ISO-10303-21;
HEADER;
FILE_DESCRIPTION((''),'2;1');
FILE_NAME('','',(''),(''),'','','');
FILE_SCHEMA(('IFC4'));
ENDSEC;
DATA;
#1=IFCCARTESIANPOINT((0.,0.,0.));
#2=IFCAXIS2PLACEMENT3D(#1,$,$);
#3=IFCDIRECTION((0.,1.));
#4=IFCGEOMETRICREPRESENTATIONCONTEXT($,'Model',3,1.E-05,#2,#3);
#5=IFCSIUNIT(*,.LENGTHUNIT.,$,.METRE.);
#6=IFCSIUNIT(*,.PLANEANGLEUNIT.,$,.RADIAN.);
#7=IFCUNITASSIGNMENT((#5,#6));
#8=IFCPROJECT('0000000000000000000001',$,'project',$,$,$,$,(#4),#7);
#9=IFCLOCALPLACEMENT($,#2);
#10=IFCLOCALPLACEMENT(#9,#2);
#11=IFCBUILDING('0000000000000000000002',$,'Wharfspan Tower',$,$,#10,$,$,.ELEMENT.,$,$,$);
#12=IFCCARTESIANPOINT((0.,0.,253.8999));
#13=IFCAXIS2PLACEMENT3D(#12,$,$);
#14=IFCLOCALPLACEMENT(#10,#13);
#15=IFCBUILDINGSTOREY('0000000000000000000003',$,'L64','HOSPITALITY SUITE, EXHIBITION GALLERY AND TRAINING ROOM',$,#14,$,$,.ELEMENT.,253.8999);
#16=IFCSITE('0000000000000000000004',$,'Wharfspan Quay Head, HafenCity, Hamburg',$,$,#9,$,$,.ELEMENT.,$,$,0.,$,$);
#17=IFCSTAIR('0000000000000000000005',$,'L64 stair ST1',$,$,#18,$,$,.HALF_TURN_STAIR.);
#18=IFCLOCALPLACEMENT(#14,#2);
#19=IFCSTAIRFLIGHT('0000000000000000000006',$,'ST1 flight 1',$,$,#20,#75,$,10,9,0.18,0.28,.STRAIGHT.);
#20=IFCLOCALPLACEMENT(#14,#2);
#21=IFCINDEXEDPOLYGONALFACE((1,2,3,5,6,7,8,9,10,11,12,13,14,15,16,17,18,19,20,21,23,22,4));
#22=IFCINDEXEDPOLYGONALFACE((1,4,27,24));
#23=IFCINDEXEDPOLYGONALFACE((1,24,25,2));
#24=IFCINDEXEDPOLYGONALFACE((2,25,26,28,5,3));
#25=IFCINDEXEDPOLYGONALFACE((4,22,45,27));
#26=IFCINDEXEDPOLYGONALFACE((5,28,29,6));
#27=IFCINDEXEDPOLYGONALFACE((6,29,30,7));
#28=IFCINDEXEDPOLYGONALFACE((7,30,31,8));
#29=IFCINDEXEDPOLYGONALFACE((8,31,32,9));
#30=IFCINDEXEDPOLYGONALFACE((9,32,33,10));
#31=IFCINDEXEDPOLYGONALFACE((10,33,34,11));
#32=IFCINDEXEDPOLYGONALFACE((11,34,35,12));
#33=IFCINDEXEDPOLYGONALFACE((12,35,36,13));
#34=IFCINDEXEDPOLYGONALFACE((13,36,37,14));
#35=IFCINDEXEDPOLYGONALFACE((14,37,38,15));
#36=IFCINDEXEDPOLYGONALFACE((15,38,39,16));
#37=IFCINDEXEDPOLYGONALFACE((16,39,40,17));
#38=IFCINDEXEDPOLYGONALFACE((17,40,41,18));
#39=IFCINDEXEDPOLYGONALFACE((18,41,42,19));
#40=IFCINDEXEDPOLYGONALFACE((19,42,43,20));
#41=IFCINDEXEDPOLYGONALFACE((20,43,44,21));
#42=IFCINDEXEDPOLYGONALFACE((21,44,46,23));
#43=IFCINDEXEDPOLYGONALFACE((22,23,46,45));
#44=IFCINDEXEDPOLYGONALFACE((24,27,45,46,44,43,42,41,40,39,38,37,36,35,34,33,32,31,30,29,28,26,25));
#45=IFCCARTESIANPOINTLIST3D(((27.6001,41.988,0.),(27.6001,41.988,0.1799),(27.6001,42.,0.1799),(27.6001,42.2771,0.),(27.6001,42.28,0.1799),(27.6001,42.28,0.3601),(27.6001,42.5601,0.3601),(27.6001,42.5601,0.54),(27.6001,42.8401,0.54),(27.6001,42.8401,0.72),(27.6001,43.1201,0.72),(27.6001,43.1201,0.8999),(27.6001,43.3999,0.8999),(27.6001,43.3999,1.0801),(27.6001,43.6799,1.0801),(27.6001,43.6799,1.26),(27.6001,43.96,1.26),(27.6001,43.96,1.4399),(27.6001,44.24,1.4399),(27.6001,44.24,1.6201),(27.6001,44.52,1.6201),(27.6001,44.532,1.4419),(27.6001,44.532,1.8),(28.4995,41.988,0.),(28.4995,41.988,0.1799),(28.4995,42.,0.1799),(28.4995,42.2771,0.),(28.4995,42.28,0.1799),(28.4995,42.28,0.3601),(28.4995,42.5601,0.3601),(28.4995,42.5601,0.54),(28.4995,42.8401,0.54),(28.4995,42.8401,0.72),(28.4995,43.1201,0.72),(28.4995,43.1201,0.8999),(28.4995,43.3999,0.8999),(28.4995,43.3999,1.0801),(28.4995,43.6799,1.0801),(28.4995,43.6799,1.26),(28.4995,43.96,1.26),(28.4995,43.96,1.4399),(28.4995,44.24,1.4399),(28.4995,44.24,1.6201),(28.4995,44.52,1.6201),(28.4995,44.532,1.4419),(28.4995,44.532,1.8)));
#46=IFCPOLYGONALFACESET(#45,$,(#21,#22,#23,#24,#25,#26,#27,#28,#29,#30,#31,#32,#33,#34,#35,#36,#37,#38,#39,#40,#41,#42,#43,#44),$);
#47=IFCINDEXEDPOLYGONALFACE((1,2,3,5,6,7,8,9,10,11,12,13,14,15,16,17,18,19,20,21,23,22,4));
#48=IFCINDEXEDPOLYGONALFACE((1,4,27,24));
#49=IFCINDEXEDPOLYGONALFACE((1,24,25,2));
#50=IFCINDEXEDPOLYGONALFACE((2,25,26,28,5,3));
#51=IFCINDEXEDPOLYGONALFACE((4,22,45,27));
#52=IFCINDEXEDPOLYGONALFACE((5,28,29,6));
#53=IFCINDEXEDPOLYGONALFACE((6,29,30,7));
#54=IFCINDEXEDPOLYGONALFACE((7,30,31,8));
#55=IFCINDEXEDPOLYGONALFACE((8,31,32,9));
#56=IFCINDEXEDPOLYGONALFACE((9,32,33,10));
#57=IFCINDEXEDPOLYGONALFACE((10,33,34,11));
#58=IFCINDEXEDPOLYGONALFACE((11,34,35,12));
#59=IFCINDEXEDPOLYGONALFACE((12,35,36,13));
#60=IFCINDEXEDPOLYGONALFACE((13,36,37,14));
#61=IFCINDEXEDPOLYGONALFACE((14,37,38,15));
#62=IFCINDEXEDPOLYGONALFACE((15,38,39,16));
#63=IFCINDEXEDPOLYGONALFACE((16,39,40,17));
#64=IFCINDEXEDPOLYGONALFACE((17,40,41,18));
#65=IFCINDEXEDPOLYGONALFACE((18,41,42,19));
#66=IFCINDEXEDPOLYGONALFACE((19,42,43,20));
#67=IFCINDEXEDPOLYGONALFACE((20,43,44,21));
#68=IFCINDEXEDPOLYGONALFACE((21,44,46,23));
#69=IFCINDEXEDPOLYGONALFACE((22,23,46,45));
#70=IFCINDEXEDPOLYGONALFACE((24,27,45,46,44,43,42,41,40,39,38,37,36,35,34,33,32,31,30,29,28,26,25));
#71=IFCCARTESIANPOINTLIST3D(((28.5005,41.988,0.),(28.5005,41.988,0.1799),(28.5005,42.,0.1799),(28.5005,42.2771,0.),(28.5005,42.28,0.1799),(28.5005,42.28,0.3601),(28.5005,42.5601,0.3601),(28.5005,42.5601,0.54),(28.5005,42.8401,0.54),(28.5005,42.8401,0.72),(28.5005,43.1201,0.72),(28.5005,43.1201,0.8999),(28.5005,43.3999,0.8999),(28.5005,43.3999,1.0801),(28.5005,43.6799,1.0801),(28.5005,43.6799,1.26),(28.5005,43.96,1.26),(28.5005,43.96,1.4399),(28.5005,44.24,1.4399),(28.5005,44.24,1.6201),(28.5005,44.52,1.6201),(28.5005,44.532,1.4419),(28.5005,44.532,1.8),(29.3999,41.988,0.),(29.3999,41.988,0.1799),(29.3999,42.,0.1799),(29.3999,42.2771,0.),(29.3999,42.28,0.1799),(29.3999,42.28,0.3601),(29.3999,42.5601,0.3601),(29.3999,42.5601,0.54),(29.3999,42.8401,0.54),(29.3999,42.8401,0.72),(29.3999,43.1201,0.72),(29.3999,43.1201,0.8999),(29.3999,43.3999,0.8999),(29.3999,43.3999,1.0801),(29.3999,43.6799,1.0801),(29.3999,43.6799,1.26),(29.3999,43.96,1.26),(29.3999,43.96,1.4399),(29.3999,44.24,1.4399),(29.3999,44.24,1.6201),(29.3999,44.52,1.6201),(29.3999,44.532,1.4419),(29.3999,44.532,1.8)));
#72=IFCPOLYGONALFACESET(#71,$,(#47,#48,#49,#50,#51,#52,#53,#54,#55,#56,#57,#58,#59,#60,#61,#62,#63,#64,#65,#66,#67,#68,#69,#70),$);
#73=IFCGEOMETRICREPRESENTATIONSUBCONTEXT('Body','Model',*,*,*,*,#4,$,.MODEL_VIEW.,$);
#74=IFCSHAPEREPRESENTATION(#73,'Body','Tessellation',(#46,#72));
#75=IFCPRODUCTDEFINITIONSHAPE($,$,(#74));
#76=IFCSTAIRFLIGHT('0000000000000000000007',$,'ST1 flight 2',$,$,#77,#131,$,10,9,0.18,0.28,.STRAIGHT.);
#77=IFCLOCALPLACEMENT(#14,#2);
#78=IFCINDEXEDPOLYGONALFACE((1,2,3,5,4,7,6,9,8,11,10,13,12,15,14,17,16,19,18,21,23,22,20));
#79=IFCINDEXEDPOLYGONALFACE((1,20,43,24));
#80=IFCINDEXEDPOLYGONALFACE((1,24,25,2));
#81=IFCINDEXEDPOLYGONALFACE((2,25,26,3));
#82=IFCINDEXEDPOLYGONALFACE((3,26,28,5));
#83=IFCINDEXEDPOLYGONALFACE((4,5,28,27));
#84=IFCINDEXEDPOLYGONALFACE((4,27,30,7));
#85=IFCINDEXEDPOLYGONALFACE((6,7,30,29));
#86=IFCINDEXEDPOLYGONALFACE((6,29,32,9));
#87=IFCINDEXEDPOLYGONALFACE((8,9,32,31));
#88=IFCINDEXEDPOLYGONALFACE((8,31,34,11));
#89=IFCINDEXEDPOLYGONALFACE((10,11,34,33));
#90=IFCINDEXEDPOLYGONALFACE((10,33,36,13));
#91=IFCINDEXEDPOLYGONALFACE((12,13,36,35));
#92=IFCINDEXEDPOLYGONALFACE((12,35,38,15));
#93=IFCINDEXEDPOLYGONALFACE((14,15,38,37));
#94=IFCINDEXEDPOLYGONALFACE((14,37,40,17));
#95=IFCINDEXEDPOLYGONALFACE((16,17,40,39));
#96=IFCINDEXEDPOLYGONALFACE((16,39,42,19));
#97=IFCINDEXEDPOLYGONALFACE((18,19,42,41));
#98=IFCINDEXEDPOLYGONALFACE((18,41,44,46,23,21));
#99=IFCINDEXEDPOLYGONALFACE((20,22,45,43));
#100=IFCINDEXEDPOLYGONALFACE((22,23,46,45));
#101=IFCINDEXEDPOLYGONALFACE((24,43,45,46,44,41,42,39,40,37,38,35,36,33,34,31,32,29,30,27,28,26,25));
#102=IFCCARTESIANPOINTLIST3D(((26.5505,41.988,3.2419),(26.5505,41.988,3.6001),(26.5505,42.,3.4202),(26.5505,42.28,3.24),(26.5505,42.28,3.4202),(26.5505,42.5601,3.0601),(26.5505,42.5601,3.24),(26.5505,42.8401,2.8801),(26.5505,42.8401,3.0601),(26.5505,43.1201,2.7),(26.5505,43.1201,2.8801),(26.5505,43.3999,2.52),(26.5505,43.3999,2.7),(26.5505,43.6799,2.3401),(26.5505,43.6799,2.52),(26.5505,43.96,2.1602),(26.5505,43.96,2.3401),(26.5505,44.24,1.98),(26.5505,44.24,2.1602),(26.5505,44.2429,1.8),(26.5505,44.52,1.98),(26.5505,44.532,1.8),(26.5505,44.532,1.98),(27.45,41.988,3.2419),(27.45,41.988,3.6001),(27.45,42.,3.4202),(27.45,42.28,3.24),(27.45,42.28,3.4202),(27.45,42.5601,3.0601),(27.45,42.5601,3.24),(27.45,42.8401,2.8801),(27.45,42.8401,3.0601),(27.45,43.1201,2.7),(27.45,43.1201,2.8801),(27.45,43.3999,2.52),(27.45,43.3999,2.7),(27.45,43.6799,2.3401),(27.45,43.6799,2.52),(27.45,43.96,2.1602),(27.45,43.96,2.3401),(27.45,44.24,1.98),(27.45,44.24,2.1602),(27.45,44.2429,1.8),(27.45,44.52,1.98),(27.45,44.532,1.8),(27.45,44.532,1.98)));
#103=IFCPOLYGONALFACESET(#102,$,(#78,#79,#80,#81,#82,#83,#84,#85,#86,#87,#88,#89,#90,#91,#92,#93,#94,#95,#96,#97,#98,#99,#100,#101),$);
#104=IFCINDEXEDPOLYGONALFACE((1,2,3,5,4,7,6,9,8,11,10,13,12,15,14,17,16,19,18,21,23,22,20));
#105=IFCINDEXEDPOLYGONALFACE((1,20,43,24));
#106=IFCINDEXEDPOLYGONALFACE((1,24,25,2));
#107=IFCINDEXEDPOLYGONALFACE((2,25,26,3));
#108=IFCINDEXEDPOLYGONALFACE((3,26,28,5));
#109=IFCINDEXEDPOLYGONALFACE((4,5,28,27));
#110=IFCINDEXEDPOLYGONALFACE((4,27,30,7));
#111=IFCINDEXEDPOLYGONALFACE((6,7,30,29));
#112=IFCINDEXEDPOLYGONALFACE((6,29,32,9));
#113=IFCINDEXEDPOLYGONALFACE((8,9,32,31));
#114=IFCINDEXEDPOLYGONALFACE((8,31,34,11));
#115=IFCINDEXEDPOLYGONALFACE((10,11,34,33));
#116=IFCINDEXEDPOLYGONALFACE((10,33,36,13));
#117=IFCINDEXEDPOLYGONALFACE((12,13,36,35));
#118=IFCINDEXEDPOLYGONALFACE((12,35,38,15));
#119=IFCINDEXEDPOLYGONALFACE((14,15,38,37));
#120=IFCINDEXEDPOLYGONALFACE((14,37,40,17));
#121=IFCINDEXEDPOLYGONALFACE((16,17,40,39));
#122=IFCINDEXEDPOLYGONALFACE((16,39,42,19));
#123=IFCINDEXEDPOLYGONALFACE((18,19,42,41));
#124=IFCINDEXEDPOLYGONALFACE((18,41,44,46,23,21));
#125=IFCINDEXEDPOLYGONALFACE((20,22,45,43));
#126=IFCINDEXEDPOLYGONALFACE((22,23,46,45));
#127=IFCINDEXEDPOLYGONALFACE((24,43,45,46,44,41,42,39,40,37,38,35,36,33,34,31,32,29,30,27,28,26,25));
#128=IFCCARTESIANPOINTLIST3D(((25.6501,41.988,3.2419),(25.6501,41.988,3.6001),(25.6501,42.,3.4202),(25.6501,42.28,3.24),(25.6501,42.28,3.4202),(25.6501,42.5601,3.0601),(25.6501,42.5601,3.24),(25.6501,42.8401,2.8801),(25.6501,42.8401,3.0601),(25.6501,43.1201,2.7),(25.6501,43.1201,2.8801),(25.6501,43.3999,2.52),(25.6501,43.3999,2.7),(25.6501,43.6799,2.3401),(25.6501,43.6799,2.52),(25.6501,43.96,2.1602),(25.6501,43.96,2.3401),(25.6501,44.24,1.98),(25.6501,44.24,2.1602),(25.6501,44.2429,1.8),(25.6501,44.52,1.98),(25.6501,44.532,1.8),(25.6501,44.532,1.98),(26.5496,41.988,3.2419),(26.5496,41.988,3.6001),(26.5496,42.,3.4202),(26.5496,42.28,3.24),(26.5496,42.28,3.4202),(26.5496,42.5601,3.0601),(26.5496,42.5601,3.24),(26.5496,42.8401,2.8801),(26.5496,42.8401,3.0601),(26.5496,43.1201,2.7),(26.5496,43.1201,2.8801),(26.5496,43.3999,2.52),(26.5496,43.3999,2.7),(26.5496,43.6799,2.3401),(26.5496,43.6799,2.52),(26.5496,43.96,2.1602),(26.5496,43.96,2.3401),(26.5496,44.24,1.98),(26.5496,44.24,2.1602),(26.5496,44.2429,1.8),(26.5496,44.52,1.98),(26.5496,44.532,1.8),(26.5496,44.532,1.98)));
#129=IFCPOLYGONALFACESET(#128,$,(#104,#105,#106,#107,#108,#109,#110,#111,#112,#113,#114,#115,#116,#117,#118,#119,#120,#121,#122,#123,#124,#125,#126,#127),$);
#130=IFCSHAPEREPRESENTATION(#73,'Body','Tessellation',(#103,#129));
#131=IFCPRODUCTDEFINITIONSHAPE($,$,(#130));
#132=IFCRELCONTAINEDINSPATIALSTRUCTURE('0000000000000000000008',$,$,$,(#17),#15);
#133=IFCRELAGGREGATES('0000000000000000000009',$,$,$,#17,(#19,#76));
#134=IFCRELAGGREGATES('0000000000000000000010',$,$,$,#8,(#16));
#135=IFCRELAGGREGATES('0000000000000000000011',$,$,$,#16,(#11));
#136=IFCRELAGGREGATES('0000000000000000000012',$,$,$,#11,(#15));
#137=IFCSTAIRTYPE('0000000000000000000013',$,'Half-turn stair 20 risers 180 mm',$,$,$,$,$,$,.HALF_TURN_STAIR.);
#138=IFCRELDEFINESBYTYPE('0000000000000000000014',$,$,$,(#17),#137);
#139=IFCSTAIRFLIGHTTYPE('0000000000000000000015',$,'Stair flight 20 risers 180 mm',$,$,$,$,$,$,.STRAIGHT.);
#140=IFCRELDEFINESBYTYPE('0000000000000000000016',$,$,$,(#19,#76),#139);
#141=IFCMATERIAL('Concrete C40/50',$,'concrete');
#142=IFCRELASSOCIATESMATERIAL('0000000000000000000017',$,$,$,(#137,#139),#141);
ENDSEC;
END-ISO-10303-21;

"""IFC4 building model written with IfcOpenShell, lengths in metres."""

from ifc_helpers import new_model, si_unit, direction, frame, origin, place, context, subcontext, project, spatial, polyline, outline, extrude, material, type_object, element, aggregate, save


model = new_model("IFC4")

# Units and contexts
model_context = context("Model", 3, precision=1e-05, world=origin(), true_north=direction((0.0, 1.0)))
body_context = subcontext(model_context, "Body", "Model", "MODEL_VIEW")
ifc_project = project(units=[si_unit("LENGTHUNIT", "METRE"), si_unit("PLANEANGLEUNIT", "RADIAN")], contexts=[model_context])

# Site, building, storey
site_placement = place(None, origin())
site = spatial("IfcSite", under=ifc_project, at=site_placement, Name="Wharfspan Quay Head, HafenCity, Hamburg", CompositionType="ELEMENT", RefElevation=0.0)
building_placement = place(site_placement, origin())
building = spatial("IfcBuilding", under=site, at=building_placement, Name="Wharfspan Tower", CompositionType="ELEMENT")
storey_placement = place(building_placement, frame((0.0, 0.0, 253.8999)))
storey = spatial("IfcBuildingStorey", under=building, at=storey_placement, Name="L64", Description="HOSPITALITY SUITE, EXHIBITION GALLERY AND TRAINING ROOM", CompositionType="ELEMENT", Elevation=253.8999)

# Shared definitions
ifc_material_1 = material(Name="Concrete C40/50", Category="concrete")

# Stair, stair flights
stair_type = type_object("IfcStairType", Name="Half-turn stair 20 risers 180 mm", PredefinedType="HALF_TURN_STAIR", material=ifc_material_1)
stair_placement = place(storey_placement, origin())
stair = element("IfcStair", 1, at=stair_placement, inside=storey, type_object=stair_type, Name="L64 stair ST1", PredefinedType="HALF_TURN_STAIR")
stair_flight_type = type_object("IfcStairFlightType", Name="Stair flight 20 risers 180 mm", PredefinedType="STRAIGHT", material=ifc_material_1)
stair_flight_1_placement = place(storey_placement, frame((28.5, 42.0, 0.0), z_axis=(0.0, 0.0, 1.0), x_axis=(0.0, 1.0, 0.0)))
stair_flight_1 = element("IfcStairFlight", 2, at=stair_flight_1_placement, type_object=stair_flight_type, Name="ST1 flight 1", NumberOfRisers=10, NumberOfTreads=9, PredefinedType="STRAIGHT", RiserHeight=0.18, TreadLength=0.28, context=body_context, shape_type="SweptSolid", body=[
    extrude(outline(polyline([(-0.012, 0.0), (-0.012, 0.1799), (0.0, 0.1799), (0.28, 0.1799), (0.28, 0.3601), (0.5601, 0.3601), (0.5601, 0.54), (0.8401, 0.54), (0.8401, 0.72), (1.1201, 0.72), (1.1201, 0.8999), (1.3999, 0.8999), (1.3999, 1.0801), (1.6799, 1.0801), (1.6799, 1.26), (1.96, 1.26), (1.96, 1.4399), (2.24, 1.4399), (2.24, 1.6201), (2.52, 1.6201), (2.532, 1.8), (2.532, 1.4419), (0.2771, 0.0), (-0.012, 0.0)])), frame((0.0, 0.8999, 0.0), z_axis=(0.0, -1.0, 0.0), x_axis=(1.0, 0.0, 0.0)), (0.0, 0.0, 1.0), 0.8994),
    extrude(outline(polyline([(-0.012, 0.0), (-0.012, 0.1799), (0.0, 0.1799), (0.28, 0.1799), (0.28, 0.3601), (0.5601, 0.3601), (0.5601, 0.54), (0.8401, 0.54), (0.8401, 0.72), (1.1201, 0.72), (1.1201, 0.8999), (1.3999, 0.8999), (1.3999, 1.0801), (1.6799, 1.0801), (1.6799, 1.26), (1.96, 1.26), (1.96, 1.4399), (2.24, 1.4399), (2.24, 1.6201), (2.52, 1.6201), (2.532, 1.8), (2.532, 1.4419), (0.2771, 0.0), (-0.012, 0.0)])), frame((0.0, -0.0005, 0.0), z_axis=(0.0, -1.0, 0.0), x_axis=(1.0, 0.0, 0.0)), (0.0, 0.0, 1.0), 0.8994),
])
stair_flight_2_placement = place(storey_placement, frame((26.55, 44.52, 1.8), z_axis=(0.0, 0.0, 1.0), x_axis=(0.0, -1.0, 0.0)))
stair_flight_2 = element("IfcStairFlight", 3, at=stair_flight_2_placement, type_object=stair_flight_type, Name="ST1 flight 2", NumberOfRisers=10, NumberOfTreads=9, PredefinedType="STRAIGHT", RiserHeight=0.18, TreadLength=0.28, context=body_context, shape_type="SweptSolid", body=[
    extrude(outline(polyline([(-0.012, 0.0), (-0.012, 0.1799), (0.0, 0.1799), (0.28, 0.1799), (0.28, 0.3601), (0.5601, 0.3601), (0.5601, 0.54), (0.8401, 0.54), (0.8401, 0.72), (1.1201, 0.72), (1.1201, 0.8999), (1.3999, 0.8999), (1.3999, 1.0801), (1.6799, 1.0801), (1.6799, 1.26), (1.96, 1.26), (1.96, 1.4399), (2.24, 1.4399), (2.24, 1.6201), (2.52, 1.6201), (2.532, 1.8), (2.532, 1.4419), (0.2771, 0.0), (-0.012, 0.0)])), frame((0.0, 0.8999, 0.0), z_axis=(0.0, -1.0, 0.0), x_axis=(1.0, 0.0, 0.0)), (0.0, 0.0, 1.0), 0.8994),
    extrude(outline(polyline([(-0.012, 0.0), (-0.012, 0.1799), (0.0, 0.1799), (0.28, 0.1799), (0.28, 0.3601), (0.5601, 0.3601), (0.5601, 0.54), (0.8401, 0.54), (0.8401, 0.72), (1.1201, 0.72), (1.1201, 0.8999), (1.3999, 0.8999), (1.3999, 1.0801), (1.6799, 1.0801), (1.6799, 1.26), (1.96, 1.26), (1.96, 1.4399), (2.24, 1.4399), (2.24, 1.6201), (2.52, 1.6201), (2.532, 1.8), (2.532, 1.4419), (0.2771, 0.0), (-0.012, 0.0)])), frame((0.0, -0.0005, 0.0), z_axis=(0.0, -1.0, 0.0), x_axis=(1.0, 0.0, 0.0)), (0.0, 0.0, 1.0), 0.8994),
])
aggregate(stair, [stair_flight_1, stair_flight_2])

save(model, "model.ifc")
